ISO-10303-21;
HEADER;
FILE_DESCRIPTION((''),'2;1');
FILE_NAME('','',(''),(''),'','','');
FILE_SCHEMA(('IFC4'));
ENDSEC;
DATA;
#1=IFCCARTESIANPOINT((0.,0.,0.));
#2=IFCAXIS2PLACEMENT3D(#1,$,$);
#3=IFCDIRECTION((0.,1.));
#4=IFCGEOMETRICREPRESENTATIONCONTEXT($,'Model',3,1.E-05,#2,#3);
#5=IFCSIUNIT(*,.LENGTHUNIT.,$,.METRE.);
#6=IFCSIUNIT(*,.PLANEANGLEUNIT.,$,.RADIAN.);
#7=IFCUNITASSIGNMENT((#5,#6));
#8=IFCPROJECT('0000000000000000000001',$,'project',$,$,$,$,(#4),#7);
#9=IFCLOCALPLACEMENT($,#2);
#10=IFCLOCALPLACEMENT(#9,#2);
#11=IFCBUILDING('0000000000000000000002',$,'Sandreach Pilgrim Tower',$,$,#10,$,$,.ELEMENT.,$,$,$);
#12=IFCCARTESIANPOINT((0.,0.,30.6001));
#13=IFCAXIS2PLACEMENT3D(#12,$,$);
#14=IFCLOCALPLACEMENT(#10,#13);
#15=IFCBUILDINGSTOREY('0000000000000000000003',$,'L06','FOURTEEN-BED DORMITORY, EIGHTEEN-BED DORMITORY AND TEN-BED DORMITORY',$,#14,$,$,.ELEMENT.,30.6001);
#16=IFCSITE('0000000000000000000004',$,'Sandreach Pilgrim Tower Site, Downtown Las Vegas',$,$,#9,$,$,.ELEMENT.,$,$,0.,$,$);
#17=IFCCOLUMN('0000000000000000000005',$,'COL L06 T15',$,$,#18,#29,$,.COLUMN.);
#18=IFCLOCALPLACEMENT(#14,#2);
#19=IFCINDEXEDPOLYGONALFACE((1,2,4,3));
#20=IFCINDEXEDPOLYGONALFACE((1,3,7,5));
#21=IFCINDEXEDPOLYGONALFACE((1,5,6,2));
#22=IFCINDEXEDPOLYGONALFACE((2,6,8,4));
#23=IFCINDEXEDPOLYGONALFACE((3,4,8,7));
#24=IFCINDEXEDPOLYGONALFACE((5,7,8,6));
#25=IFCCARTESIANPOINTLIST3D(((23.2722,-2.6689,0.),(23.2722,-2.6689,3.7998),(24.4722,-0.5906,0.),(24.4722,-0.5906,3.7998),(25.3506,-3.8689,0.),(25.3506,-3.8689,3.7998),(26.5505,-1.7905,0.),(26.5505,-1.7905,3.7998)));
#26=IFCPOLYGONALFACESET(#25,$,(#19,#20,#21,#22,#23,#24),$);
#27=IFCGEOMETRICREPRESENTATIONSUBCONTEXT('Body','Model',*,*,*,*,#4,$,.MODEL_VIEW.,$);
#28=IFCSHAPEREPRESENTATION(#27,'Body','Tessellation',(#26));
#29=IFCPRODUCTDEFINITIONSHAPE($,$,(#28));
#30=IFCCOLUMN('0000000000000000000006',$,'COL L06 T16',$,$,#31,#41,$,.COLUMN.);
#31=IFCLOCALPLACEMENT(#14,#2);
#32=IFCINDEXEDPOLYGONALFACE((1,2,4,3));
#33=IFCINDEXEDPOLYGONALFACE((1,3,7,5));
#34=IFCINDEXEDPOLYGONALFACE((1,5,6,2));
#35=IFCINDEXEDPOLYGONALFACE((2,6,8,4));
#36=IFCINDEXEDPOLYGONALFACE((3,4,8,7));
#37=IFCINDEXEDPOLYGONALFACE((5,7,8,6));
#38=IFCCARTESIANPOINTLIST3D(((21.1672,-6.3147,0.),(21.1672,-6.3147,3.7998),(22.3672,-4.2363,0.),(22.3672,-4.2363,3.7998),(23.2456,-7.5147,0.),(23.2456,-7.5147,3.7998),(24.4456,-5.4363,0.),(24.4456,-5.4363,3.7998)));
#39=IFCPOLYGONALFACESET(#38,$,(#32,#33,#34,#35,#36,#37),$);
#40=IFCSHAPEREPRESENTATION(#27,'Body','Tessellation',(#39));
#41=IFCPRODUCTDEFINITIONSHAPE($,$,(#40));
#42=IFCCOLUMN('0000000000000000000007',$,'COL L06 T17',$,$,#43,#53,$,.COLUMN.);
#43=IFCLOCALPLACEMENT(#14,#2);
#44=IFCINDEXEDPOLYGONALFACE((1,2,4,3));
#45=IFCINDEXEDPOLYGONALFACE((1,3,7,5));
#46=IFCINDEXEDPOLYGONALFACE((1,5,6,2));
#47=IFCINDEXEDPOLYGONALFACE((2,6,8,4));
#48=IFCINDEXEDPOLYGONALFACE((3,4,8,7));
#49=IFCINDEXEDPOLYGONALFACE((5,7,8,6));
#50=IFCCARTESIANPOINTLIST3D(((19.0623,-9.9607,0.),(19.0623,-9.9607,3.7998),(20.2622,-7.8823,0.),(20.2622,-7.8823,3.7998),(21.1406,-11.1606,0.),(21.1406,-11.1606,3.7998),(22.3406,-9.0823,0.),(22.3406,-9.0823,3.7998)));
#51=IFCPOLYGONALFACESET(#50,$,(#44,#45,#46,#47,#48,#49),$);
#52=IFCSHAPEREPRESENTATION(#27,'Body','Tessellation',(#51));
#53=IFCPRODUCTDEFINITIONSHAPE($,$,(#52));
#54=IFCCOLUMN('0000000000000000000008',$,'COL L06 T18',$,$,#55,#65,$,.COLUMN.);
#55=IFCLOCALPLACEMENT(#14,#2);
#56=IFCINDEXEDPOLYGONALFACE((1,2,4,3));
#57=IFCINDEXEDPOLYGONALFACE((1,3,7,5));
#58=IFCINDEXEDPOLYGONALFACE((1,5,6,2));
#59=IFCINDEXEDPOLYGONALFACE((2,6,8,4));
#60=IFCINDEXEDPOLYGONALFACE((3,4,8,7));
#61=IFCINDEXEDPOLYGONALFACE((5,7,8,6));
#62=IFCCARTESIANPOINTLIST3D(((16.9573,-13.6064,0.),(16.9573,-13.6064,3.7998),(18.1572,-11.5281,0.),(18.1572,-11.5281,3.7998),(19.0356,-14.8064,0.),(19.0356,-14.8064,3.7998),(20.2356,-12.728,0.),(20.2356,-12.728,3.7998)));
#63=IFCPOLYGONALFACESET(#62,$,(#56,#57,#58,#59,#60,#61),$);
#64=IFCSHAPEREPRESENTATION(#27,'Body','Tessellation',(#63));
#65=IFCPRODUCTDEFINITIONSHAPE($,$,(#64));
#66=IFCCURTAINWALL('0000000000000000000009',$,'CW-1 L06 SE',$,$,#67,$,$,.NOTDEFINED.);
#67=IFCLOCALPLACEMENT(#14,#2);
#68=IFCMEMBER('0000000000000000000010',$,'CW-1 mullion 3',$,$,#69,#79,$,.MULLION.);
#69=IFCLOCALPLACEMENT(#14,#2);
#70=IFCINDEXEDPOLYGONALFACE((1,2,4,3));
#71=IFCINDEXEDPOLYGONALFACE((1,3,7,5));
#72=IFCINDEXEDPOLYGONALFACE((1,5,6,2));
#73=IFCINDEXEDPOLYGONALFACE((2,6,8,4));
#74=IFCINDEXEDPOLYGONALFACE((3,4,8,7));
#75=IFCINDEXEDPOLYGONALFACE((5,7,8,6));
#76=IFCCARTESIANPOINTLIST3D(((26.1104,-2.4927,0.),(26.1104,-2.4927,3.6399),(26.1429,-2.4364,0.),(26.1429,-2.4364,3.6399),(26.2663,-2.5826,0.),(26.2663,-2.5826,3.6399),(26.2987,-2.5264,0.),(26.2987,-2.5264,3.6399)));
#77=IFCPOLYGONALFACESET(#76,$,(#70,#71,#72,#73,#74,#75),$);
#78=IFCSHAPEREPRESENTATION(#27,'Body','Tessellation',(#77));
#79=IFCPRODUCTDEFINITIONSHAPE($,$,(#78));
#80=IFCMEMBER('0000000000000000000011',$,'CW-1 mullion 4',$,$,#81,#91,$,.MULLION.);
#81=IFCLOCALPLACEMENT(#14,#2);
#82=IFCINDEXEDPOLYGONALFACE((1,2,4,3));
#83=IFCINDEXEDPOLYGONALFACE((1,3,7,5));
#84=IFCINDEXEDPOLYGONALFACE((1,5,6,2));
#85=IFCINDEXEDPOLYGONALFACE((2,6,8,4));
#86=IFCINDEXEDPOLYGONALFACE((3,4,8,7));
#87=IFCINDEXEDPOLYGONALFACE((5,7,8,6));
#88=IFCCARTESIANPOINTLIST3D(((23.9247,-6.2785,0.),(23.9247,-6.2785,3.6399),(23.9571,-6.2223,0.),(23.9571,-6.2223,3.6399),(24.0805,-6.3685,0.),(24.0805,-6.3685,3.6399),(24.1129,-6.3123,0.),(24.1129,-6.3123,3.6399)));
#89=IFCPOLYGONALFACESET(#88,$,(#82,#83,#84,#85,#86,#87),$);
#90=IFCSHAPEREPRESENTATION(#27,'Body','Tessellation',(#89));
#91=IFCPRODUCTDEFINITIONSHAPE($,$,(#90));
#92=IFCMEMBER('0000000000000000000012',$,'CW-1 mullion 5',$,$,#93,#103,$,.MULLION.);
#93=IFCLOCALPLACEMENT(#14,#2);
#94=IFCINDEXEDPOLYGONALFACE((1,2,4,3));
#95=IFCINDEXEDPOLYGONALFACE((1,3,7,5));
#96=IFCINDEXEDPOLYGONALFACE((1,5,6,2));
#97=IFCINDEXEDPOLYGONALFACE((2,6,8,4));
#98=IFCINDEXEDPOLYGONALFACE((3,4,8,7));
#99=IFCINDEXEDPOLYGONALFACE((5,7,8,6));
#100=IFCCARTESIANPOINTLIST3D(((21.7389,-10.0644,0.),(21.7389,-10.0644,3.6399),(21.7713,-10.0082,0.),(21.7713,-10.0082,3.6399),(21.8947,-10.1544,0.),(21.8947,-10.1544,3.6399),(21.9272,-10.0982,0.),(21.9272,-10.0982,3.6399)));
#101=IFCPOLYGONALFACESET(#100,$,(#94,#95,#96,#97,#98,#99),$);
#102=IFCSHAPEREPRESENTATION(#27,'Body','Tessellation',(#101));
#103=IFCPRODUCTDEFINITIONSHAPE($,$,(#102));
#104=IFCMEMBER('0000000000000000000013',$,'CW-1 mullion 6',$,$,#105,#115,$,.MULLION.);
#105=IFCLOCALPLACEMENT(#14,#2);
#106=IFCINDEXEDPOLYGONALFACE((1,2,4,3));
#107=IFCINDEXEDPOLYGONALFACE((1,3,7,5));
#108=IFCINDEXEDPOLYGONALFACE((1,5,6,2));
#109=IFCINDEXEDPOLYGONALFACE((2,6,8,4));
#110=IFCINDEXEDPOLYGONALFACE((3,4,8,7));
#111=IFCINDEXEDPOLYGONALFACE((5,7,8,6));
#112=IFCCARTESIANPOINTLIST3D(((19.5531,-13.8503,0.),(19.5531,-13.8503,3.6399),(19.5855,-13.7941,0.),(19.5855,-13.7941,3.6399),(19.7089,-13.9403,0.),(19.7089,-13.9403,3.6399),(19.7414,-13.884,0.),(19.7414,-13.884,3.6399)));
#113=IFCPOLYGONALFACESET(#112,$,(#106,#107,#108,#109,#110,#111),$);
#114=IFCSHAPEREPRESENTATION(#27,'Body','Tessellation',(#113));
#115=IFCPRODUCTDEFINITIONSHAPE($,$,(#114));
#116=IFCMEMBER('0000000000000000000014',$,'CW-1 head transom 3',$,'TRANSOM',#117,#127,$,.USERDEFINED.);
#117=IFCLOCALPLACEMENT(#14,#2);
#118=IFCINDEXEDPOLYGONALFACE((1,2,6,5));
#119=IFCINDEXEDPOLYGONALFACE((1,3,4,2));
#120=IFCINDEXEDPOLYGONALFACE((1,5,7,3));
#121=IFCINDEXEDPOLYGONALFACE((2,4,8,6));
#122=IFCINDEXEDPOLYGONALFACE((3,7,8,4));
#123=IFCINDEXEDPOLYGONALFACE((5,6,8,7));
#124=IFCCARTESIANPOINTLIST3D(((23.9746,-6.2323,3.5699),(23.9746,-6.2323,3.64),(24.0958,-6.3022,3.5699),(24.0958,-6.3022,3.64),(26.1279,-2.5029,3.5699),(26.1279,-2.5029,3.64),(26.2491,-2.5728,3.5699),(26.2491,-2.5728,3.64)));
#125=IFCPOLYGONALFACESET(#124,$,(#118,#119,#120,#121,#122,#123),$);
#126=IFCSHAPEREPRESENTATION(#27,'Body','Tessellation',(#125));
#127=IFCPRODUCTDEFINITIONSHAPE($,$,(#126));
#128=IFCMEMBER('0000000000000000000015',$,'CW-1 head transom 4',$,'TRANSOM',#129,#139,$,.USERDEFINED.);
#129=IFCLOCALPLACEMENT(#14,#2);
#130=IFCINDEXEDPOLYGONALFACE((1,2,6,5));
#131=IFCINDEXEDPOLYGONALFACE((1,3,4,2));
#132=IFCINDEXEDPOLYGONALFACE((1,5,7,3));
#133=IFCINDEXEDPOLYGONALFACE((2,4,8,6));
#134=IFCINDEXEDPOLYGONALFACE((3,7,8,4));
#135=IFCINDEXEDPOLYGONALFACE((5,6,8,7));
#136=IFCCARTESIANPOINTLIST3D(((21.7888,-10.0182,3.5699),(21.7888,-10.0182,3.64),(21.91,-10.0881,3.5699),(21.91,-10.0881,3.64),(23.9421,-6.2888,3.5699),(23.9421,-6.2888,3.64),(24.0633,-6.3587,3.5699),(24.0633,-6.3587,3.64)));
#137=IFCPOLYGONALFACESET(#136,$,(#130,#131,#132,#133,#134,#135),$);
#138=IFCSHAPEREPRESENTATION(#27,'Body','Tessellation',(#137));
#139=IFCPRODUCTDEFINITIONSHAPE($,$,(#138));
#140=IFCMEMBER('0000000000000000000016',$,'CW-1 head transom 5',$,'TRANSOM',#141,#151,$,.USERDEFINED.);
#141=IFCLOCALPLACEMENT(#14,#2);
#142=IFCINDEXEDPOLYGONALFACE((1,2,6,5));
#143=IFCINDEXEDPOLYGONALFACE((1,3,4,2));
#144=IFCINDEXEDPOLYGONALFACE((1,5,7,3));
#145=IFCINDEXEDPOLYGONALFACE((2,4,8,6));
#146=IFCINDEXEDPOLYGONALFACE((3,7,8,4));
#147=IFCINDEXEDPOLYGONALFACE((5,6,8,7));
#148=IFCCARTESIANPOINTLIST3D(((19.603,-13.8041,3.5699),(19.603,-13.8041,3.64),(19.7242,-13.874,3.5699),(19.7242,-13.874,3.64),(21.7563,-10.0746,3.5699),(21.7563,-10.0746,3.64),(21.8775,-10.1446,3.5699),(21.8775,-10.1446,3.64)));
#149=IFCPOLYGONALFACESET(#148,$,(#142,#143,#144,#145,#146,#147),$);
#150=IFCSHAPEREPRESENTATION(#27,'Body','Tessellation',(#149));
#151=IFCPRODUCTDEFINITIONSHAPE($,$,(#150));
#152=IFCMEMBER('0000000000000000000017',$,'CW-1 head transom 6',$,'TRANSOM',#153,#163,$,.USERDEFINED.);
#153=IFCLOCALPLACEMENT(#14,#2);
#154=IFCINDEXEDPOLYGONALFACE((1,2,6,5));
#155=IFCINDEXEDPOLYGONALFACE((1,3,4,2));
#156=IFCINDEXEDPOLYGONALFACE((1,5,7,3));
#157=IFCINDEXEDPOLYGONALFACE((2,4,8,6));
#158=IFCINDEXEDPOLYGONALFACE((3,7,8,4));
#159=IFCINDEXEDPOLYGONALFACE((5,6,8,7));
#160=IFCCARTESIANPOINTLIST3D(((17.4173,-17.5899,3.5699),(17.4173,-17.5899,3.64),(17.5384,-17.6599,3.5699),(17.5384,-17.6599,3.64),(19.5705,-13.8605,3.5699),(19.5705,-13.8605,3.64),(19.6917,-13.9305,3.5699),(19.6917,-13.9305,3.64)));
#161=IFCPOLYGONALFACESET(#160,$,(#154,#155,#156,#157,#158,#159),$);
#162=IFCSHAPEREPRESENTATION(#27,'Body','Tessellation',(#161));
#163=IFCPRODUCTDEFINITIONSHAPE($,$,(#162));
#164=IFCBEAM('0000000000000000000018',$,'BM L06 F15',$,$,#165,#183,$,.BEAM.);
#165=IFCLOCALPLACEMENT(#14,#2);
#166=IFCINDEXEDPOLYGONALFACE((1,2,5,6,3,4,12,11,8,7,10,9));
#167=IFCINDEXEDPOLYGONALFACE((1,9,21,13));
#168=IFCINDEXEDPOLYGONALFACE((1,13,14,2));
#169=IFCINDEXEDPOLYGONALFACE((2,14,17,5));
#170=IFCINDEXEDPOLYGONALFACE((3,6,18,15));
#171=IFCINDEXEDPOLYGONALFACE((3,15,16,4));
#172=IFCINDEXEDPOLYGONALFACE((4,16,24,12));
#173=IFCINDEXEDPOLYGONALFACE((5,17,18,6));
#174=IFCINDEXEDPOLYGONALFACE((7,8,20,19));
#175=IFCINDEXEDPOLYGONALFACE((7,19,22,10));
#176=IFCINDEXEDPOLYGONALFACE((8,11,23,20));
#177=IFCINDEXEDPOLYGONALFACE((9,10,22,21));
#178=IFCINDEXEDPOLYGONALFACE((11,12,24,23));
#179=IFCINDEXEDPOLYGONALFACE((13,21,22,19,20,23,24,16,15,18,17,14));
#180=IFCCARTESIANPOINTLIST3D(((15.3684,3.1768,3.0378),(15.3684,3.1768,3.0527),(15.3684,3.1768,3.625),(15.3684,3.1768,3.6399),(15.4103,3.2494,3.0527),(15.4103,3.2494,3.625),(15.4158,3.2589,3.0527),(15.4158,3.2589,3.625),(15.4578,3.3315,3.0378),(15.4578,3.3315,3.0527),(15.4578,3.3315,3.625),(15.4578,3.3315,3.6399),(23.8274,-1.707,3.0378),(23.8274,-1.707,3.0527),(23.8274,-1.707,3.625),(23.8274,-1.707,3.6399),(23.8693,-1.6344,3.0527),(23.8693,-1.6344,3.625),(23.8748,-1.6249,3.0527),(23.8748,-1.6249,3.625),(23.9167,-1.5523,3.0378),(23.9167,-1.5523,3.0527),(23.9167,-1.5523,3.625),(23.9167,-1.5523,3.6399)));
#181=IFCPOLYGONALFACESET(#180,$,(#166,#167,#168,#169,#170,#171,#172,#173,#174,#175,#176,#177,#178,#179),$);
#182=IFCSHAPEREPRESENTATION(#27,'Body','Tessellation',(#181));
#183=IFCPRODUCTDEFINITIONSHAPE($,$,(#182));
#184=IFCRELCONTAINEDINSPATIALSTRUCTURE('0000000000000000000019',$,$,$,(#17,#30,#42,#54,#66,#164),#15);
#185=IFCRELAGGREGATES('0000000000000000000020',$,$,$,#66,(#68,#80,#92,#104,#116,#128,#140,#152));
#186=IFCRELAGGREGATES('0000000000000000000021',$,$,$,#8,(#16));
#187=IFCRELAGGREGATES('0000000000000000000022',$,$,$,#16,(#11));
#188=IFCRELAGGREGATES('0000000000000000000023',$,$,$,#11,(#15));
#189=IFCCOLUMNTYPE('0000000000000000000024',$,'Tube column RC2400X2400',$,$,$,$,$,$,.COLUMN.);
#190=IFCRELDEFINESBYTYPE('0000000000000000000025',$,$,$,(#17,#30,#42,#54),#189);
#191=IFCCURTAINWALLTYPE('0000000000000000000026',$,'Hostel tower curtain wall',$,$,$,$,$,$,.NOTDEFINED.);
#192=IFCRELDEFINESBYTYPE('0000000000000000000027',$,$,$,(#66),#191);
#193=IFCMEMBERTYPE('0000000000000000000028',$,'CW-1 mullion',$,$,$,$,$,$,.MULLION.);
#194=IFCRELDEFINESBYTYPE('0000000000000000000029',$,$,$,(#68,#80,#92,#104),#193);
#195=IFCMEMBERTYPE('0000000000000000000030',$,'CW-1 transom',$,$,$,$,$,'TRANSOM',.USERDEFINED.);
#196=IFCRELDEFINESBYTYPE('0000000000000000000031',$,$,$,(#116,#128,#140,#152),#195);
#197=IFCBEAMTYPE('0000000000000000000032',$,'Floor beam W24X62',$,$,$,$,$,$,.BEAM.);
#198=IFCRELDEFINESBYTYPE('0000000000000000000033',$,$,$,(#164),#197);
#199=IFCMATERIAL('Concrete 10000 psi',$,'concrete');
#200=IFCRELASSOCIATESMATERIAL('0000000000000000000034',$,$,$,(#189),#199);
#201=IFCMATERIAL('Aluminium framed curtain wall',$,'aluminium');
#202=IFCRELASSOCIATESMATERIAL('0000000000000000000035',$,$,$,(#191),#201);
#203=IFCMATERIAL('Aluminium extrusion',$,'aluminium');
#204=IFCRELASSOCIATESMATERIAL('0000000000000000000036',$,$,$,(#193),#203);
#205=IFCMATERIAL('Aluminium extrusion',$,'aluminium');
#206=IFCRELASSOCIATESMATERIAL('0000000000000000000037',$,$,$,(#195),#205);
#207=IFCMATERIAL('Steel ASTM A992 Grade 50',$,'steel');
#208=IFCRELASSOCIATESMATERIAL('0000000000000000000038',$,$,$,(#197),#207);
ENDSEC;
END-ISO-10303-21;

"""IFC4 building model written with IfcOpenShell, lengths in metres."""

from ifc_helpers import new_model, si_unit, direction, frame, origin, origin_2d, place, context, subcontext, project, spatial, rectangle, i_section, extrude, material, material_profile, profile_set, type_object, element, aggregate, save


model = new_model("IFC4")

# Units and contexts
model_context = context("Model", 3, precision=1e-05, world=origin(), true_north=direction((0.0, 1.0)))
body_context = subcontext(model_context, "Body", "Model", "MODEL_VIEW")
ifc_project = project(units=[si_unit("LENGTHUNIT", "METRE"), si_unit("PLANEANGLEUNIT", "RADIAN")], contexts=[model_context])

# Site, building, storey
site_placement = place(None, origin())
site = spatial("IfcSite", under=ifc_project, at=site_placement, Name="Sandreach Pilgrim Tower Site, Downtown Las Vegas", CompositionType="ELEMENT", RefElevation=0.0)
building_placement = place(site_placement, origin())
building = spatial("IfcBuilding", under=site, at=building_placement, Name="Sandreach Pilgrim Tower", CompositionType="ELEMENT")
storey_placement = place(building_placement, frame((0.0, 0.0, 30.6001)))
storey = spatial("IfcBuildingStorey", under=building, at=storey_placement, Name="L06", Description="FOURTEEN-BED DORMITORY, EIGHTEEN-BED DORMITORY AND TEN-BED DORMITORY", CompositionType="ELEMENT", Elevation=30.6001)

# Columns
ifc_material_1 = material(Name="Concrete 10000 psi", Category="concrete")
ifc_material_profile_1 = material_profile(ifc_material_1, rectangle(XDim=2.3999, YDim=2.3999, at=origin_2d()), Name="RC2400X2400")
ifc_profile_set_1 = profile_set([ifc_material_profile_1], Name="Concrete 10000 psi")
column_type = type_object("IfcColumnType", Name="Tube column RC2400X2400", PredefinedType="COLUMN", material=ifc_profile_set_1)
for number, where, z_axis, x_axis, name in (
    (1, (24.9114, -2.2297, 0.0), (0.0, 0.0, 1.0), (0.866025, -0.5, 0.0), "COL L06 T15"),
    (2, (22.8064, -5.8755, 0.0), (0.0, 0.0, 1.0), (0.866025, -0.5, 0.0), "COL L06 T16"),
    (3, (20.7014, -9.5215, 0.0), (0.0, 0.0, 1.0), (0.866025, -0.5, 0.0), "COL L06 T17"),
    (4, (18.5964, -13.1672, 0.0), (0.0, 0.0, 1.0), (0.866025, -0.5, 0.0), "COL L06 T18"),
):
    element("IfcColumn", number, at=place(storey_placement, frame(where, z_axis=z_axis, x_axis=x_axis)), inside=storey, type_object=column_type, Name=name, PredefinedType="COLUMN", context=body_context, shape_type="SweptSolid", body=[
        extrude(rectangle(XDim=2.3999, YDim=2.3999, at=origin_2d()), origin(), (0.0, 0.0, 1.0), 3.7998),
    ])

# Curtain wall, members
ifc_material_2 = material(Name="Aluminium framed curtain wall", Category="aluminium")
curtain_wall_type = type_object("IfcCurtainWallType", Name="Hostel tower curtain wall", PredefinedType="NOTDEFINED", material=ifc_material_2)
curtain_wall_placement = place(storey_placement, origin())
curtain_wall = element("IfcCurtainWall", 5, at=curtain_wall_placement, inside=storey, type_object=curtain_wall_type, Name="CW-1 L06 SE", PredefinedType="NOTDEFINED")
ifc_material_3 = material(Name="Aluminium extrusion", Category="aluminium")
ifc_material_profile_2 = material_profile(ifc_material_3, rectangle(XDim=0.0649, YDim=0.1799, at=origin_2d()), Name="CW-1M 65X180")
ifc_profile_set_2 = profile_set([ifc_material_profile_2], Name="Aluminium extrusion")
member_type_1 = type_object("IfcMemberType", Name="CW-1 mullion", PredefinedType="MULLION", material=ifc_profile_set_2)
member_1_placement = place(storey_placement, frame((26.2046, -2.5095, 0.0), z_axis=(0.0, 0.0, 1.0), x_axis=(-0.5, -0.866025, 0.0)))
member_1 = element("IfcMember", 6, at=member_1_placement, type_object=member_type_1, Name="CW-1 mullion 3", PredefinedType="MULLION", context=body_context, shape_type="SweptSolid", body=[
    extrude(rectangle(XDim=0.0649, YDim=0.1799, at=origin_2d()), origin(), (0.0, 0.0, 1.0), 3.6399),
])
member_2_placement = place(storey_placement, frame((24.0188, -6.2954, 0.0), z_axis=(0.0, 0.0, 1.0), x_axis=(-0.5, -0.866025, 0.0)))
member_2 = element("IfcMember", 7, at=member_2_placement, type_object=member_type_1, Name="CW-1 mullion 4", PredefinedType="MULLION", context=body_context, shape_type="SweptSolid", body=[
    extrude(rectangle(XDim=0.0649, YDim=0.1799, at=origin_2d()), origin(), (0.0, 0.0, 1.0), 3.6399),
])
member_3_placement = place(storey_placement, frame((21.833, -10.0813, 0.0), z_axis=(0.0, 0.0, 1.0), x_axis=(-0.5, -0.866025, 0.0)))
member_3 = element("IfcMember", 8, at=member_3_placement, type_object=member_type_1, Name="CW-1 mullion 5", PredefinedType="MULLION", context=body_context, shape_type="SweptSolid", body=[
    extrude(rectangle(XDim=0.0649, YDim=0.1799, at=origin_2d()), origin(), (0.0, 0.0, 1.0), 3.6399),
])
member_4_placement = place(storey_placement, frame((19.6472, -13.8672, 0.0), z_axis=(0.0, 0.0, 1.0), x_axis=(-0.5, -0.866025, 0.0)))
member_4 = element("IfcMember", 9, at=member_4_placement, type_object=member_type_1, Name="CW-1 mullion 6", PredefinedType="MULLION", context=body_context, shape_type="SweptSolid", body=[
    extrude(rectangle(XDim=0.0649, YDim=0.1799, at=origin_2d()), origin(), (0.0, 0.0, 1.0), 3.6399),
])
ifc_material_4 = material(Name="Aluminium extrusion", Category="aluminium")
ifc_material_profile_3 = material_profile(ifc_material_4, rectangle(XDim=0.1399, YDim=0.0701, at=origin_2d()), Name="CW-1T 140X70")
ifc_profile_set_3 = profile_set([ifc_material_profile_3], Name="Aluminium extrusion")
member_type_2 = type_object("IfcMemberType", Name="CW-1 transom", ElementType="TRANSOM", PredefinedType="USERDEFINED", material=ifc_profile_set_3)
member_5_placement = place(storey_placement, frame((26.1885, -2.5378, 3.605), z_axis=(-0.500017, -0.866016, 0.0), x_axis=(0.866016, -0.500017, 0.0)))
member_5 = element("IfcMember", 10, at=member_5_placement, type_object=member_type_2, Name="CW-1 head transom 3", ObjectType="TRANSOM", PredefinedType="USERDEFINED", context=body_context, shape_type="SweptSolid", body=[
    extrude(rectangle(XDim=0.1399, YDim=0.0701, at=origin_2d()), origin(), (0.0, 0.0, 1.0), 4.3064),
])
member_6_placement = place(storey_placement, frame((24.0027, -6.3237, 3.605), z_axis=(-0.500017, -0.866016, 0.0), x_axis=(0.866016, -0.500017, 0.0)))
member_6 = element("IfcMember", 11, at=member_6_placement, type_object=member_type_2, Name="CW-1 head transom 4", ObjectType="TRANSOM", PredefinedType="USERDEFINED", context=body_context, shape_type="SweptSolid", body=[
    extrude(rectangle(XDim=0.1399, YDim=0.0701, at=origin_2d()), origin(), (0.0, 0.0, 1.0), 4.3064),
])
member_7_placement = place(storey_placement, frame((21.8169, -10.1096, 3.605), z_axis=(-0.500017, -0.866016, 0.0), x_axis=(0.866016, -0.500017, 0.0)))
member_7 = element("IfcMember", 12, at=member_7_placement, type_object=member_type_2, Name="CW-1 head transom 5", ObjectType="TRANSOM", PredefinedType="USERDEFINED", context=body_context, shape_type="SweptSolid", body=[
    extrude(rectangle(XDim=0.1399, YDim=0.0701, at=origin_2d()), origin(), (0.0, 0.0, 1.0), 4.3064),
])
member_8_placement = place(storey_placement, frame((19.6311, -13.8955, 3.605), z_axis=(-0.500017, -0.866016, 0.0), x_axis=(0.866016, -0.500017, 0.0)))
member_8 = element("IfcMember", 13, at=member_8_placement, type_object=member_type_2, Name="CW-1 head transom 6", ObjectType="TRANSOM", PredefinedType="USERDEFINED", context=body_context, shape_type="SweptSolid", body=[
    extrude(rectangle(XDim=0.1399, YDim=0.0701, at=origin_2d()), origin(), (0.0, 0.0, 1.0), 4.3064),
])

# Beam
ifc_material_5 = material(Name="Steel ASTM A992 Grade 50", Category="steel")
ifc_material_profile_4 = material_profile(ifc_material_5, i_section(OverallWidth=0.1787, OverallDepth=0.6021, WebThickness=0.011, FlangeThickness=0.0149, at=origin_2d()), Name="W24X62")
ifc_profile_set_4 = profile_set([ifc_material_profile_4], Name="Steel ASTM A992 Grade 50")
beam_type_1 = type_object("IfcBeamType", Name="Floor beam W24X62", PredefinedType="BEAM", material=ifc_profile_set_4)
beam_1_placement = place(storey_placement, frame((23.8721, -1.6296, 3.3389), z_axis=(-0.866026, 0.499999, 0.0), x_axis=(-0.499999, -0.866026, 0.0)))
element("IfcBeam", 14, at=beam_1_placement, inside=storey, type_object=beam_type_1, Name="BM L06 F15", PredefinedType="BEAM", context=body_context, shape_type="SweptSolid", body=[
    extrude(i_section(OverallWidth=0.1787, OverallDepth=0.6021, WebThickness=0.011, FlangeThickness=0.0149, at=origin_2d()), origin(), (0.0, 0.0, 1.0), 9.7676),
])

aggregate(curtain_wall, [member_1, member_2, member_3, member_4, member_5, member_6, member_7, member_8])

save(model, "model.ifc")
